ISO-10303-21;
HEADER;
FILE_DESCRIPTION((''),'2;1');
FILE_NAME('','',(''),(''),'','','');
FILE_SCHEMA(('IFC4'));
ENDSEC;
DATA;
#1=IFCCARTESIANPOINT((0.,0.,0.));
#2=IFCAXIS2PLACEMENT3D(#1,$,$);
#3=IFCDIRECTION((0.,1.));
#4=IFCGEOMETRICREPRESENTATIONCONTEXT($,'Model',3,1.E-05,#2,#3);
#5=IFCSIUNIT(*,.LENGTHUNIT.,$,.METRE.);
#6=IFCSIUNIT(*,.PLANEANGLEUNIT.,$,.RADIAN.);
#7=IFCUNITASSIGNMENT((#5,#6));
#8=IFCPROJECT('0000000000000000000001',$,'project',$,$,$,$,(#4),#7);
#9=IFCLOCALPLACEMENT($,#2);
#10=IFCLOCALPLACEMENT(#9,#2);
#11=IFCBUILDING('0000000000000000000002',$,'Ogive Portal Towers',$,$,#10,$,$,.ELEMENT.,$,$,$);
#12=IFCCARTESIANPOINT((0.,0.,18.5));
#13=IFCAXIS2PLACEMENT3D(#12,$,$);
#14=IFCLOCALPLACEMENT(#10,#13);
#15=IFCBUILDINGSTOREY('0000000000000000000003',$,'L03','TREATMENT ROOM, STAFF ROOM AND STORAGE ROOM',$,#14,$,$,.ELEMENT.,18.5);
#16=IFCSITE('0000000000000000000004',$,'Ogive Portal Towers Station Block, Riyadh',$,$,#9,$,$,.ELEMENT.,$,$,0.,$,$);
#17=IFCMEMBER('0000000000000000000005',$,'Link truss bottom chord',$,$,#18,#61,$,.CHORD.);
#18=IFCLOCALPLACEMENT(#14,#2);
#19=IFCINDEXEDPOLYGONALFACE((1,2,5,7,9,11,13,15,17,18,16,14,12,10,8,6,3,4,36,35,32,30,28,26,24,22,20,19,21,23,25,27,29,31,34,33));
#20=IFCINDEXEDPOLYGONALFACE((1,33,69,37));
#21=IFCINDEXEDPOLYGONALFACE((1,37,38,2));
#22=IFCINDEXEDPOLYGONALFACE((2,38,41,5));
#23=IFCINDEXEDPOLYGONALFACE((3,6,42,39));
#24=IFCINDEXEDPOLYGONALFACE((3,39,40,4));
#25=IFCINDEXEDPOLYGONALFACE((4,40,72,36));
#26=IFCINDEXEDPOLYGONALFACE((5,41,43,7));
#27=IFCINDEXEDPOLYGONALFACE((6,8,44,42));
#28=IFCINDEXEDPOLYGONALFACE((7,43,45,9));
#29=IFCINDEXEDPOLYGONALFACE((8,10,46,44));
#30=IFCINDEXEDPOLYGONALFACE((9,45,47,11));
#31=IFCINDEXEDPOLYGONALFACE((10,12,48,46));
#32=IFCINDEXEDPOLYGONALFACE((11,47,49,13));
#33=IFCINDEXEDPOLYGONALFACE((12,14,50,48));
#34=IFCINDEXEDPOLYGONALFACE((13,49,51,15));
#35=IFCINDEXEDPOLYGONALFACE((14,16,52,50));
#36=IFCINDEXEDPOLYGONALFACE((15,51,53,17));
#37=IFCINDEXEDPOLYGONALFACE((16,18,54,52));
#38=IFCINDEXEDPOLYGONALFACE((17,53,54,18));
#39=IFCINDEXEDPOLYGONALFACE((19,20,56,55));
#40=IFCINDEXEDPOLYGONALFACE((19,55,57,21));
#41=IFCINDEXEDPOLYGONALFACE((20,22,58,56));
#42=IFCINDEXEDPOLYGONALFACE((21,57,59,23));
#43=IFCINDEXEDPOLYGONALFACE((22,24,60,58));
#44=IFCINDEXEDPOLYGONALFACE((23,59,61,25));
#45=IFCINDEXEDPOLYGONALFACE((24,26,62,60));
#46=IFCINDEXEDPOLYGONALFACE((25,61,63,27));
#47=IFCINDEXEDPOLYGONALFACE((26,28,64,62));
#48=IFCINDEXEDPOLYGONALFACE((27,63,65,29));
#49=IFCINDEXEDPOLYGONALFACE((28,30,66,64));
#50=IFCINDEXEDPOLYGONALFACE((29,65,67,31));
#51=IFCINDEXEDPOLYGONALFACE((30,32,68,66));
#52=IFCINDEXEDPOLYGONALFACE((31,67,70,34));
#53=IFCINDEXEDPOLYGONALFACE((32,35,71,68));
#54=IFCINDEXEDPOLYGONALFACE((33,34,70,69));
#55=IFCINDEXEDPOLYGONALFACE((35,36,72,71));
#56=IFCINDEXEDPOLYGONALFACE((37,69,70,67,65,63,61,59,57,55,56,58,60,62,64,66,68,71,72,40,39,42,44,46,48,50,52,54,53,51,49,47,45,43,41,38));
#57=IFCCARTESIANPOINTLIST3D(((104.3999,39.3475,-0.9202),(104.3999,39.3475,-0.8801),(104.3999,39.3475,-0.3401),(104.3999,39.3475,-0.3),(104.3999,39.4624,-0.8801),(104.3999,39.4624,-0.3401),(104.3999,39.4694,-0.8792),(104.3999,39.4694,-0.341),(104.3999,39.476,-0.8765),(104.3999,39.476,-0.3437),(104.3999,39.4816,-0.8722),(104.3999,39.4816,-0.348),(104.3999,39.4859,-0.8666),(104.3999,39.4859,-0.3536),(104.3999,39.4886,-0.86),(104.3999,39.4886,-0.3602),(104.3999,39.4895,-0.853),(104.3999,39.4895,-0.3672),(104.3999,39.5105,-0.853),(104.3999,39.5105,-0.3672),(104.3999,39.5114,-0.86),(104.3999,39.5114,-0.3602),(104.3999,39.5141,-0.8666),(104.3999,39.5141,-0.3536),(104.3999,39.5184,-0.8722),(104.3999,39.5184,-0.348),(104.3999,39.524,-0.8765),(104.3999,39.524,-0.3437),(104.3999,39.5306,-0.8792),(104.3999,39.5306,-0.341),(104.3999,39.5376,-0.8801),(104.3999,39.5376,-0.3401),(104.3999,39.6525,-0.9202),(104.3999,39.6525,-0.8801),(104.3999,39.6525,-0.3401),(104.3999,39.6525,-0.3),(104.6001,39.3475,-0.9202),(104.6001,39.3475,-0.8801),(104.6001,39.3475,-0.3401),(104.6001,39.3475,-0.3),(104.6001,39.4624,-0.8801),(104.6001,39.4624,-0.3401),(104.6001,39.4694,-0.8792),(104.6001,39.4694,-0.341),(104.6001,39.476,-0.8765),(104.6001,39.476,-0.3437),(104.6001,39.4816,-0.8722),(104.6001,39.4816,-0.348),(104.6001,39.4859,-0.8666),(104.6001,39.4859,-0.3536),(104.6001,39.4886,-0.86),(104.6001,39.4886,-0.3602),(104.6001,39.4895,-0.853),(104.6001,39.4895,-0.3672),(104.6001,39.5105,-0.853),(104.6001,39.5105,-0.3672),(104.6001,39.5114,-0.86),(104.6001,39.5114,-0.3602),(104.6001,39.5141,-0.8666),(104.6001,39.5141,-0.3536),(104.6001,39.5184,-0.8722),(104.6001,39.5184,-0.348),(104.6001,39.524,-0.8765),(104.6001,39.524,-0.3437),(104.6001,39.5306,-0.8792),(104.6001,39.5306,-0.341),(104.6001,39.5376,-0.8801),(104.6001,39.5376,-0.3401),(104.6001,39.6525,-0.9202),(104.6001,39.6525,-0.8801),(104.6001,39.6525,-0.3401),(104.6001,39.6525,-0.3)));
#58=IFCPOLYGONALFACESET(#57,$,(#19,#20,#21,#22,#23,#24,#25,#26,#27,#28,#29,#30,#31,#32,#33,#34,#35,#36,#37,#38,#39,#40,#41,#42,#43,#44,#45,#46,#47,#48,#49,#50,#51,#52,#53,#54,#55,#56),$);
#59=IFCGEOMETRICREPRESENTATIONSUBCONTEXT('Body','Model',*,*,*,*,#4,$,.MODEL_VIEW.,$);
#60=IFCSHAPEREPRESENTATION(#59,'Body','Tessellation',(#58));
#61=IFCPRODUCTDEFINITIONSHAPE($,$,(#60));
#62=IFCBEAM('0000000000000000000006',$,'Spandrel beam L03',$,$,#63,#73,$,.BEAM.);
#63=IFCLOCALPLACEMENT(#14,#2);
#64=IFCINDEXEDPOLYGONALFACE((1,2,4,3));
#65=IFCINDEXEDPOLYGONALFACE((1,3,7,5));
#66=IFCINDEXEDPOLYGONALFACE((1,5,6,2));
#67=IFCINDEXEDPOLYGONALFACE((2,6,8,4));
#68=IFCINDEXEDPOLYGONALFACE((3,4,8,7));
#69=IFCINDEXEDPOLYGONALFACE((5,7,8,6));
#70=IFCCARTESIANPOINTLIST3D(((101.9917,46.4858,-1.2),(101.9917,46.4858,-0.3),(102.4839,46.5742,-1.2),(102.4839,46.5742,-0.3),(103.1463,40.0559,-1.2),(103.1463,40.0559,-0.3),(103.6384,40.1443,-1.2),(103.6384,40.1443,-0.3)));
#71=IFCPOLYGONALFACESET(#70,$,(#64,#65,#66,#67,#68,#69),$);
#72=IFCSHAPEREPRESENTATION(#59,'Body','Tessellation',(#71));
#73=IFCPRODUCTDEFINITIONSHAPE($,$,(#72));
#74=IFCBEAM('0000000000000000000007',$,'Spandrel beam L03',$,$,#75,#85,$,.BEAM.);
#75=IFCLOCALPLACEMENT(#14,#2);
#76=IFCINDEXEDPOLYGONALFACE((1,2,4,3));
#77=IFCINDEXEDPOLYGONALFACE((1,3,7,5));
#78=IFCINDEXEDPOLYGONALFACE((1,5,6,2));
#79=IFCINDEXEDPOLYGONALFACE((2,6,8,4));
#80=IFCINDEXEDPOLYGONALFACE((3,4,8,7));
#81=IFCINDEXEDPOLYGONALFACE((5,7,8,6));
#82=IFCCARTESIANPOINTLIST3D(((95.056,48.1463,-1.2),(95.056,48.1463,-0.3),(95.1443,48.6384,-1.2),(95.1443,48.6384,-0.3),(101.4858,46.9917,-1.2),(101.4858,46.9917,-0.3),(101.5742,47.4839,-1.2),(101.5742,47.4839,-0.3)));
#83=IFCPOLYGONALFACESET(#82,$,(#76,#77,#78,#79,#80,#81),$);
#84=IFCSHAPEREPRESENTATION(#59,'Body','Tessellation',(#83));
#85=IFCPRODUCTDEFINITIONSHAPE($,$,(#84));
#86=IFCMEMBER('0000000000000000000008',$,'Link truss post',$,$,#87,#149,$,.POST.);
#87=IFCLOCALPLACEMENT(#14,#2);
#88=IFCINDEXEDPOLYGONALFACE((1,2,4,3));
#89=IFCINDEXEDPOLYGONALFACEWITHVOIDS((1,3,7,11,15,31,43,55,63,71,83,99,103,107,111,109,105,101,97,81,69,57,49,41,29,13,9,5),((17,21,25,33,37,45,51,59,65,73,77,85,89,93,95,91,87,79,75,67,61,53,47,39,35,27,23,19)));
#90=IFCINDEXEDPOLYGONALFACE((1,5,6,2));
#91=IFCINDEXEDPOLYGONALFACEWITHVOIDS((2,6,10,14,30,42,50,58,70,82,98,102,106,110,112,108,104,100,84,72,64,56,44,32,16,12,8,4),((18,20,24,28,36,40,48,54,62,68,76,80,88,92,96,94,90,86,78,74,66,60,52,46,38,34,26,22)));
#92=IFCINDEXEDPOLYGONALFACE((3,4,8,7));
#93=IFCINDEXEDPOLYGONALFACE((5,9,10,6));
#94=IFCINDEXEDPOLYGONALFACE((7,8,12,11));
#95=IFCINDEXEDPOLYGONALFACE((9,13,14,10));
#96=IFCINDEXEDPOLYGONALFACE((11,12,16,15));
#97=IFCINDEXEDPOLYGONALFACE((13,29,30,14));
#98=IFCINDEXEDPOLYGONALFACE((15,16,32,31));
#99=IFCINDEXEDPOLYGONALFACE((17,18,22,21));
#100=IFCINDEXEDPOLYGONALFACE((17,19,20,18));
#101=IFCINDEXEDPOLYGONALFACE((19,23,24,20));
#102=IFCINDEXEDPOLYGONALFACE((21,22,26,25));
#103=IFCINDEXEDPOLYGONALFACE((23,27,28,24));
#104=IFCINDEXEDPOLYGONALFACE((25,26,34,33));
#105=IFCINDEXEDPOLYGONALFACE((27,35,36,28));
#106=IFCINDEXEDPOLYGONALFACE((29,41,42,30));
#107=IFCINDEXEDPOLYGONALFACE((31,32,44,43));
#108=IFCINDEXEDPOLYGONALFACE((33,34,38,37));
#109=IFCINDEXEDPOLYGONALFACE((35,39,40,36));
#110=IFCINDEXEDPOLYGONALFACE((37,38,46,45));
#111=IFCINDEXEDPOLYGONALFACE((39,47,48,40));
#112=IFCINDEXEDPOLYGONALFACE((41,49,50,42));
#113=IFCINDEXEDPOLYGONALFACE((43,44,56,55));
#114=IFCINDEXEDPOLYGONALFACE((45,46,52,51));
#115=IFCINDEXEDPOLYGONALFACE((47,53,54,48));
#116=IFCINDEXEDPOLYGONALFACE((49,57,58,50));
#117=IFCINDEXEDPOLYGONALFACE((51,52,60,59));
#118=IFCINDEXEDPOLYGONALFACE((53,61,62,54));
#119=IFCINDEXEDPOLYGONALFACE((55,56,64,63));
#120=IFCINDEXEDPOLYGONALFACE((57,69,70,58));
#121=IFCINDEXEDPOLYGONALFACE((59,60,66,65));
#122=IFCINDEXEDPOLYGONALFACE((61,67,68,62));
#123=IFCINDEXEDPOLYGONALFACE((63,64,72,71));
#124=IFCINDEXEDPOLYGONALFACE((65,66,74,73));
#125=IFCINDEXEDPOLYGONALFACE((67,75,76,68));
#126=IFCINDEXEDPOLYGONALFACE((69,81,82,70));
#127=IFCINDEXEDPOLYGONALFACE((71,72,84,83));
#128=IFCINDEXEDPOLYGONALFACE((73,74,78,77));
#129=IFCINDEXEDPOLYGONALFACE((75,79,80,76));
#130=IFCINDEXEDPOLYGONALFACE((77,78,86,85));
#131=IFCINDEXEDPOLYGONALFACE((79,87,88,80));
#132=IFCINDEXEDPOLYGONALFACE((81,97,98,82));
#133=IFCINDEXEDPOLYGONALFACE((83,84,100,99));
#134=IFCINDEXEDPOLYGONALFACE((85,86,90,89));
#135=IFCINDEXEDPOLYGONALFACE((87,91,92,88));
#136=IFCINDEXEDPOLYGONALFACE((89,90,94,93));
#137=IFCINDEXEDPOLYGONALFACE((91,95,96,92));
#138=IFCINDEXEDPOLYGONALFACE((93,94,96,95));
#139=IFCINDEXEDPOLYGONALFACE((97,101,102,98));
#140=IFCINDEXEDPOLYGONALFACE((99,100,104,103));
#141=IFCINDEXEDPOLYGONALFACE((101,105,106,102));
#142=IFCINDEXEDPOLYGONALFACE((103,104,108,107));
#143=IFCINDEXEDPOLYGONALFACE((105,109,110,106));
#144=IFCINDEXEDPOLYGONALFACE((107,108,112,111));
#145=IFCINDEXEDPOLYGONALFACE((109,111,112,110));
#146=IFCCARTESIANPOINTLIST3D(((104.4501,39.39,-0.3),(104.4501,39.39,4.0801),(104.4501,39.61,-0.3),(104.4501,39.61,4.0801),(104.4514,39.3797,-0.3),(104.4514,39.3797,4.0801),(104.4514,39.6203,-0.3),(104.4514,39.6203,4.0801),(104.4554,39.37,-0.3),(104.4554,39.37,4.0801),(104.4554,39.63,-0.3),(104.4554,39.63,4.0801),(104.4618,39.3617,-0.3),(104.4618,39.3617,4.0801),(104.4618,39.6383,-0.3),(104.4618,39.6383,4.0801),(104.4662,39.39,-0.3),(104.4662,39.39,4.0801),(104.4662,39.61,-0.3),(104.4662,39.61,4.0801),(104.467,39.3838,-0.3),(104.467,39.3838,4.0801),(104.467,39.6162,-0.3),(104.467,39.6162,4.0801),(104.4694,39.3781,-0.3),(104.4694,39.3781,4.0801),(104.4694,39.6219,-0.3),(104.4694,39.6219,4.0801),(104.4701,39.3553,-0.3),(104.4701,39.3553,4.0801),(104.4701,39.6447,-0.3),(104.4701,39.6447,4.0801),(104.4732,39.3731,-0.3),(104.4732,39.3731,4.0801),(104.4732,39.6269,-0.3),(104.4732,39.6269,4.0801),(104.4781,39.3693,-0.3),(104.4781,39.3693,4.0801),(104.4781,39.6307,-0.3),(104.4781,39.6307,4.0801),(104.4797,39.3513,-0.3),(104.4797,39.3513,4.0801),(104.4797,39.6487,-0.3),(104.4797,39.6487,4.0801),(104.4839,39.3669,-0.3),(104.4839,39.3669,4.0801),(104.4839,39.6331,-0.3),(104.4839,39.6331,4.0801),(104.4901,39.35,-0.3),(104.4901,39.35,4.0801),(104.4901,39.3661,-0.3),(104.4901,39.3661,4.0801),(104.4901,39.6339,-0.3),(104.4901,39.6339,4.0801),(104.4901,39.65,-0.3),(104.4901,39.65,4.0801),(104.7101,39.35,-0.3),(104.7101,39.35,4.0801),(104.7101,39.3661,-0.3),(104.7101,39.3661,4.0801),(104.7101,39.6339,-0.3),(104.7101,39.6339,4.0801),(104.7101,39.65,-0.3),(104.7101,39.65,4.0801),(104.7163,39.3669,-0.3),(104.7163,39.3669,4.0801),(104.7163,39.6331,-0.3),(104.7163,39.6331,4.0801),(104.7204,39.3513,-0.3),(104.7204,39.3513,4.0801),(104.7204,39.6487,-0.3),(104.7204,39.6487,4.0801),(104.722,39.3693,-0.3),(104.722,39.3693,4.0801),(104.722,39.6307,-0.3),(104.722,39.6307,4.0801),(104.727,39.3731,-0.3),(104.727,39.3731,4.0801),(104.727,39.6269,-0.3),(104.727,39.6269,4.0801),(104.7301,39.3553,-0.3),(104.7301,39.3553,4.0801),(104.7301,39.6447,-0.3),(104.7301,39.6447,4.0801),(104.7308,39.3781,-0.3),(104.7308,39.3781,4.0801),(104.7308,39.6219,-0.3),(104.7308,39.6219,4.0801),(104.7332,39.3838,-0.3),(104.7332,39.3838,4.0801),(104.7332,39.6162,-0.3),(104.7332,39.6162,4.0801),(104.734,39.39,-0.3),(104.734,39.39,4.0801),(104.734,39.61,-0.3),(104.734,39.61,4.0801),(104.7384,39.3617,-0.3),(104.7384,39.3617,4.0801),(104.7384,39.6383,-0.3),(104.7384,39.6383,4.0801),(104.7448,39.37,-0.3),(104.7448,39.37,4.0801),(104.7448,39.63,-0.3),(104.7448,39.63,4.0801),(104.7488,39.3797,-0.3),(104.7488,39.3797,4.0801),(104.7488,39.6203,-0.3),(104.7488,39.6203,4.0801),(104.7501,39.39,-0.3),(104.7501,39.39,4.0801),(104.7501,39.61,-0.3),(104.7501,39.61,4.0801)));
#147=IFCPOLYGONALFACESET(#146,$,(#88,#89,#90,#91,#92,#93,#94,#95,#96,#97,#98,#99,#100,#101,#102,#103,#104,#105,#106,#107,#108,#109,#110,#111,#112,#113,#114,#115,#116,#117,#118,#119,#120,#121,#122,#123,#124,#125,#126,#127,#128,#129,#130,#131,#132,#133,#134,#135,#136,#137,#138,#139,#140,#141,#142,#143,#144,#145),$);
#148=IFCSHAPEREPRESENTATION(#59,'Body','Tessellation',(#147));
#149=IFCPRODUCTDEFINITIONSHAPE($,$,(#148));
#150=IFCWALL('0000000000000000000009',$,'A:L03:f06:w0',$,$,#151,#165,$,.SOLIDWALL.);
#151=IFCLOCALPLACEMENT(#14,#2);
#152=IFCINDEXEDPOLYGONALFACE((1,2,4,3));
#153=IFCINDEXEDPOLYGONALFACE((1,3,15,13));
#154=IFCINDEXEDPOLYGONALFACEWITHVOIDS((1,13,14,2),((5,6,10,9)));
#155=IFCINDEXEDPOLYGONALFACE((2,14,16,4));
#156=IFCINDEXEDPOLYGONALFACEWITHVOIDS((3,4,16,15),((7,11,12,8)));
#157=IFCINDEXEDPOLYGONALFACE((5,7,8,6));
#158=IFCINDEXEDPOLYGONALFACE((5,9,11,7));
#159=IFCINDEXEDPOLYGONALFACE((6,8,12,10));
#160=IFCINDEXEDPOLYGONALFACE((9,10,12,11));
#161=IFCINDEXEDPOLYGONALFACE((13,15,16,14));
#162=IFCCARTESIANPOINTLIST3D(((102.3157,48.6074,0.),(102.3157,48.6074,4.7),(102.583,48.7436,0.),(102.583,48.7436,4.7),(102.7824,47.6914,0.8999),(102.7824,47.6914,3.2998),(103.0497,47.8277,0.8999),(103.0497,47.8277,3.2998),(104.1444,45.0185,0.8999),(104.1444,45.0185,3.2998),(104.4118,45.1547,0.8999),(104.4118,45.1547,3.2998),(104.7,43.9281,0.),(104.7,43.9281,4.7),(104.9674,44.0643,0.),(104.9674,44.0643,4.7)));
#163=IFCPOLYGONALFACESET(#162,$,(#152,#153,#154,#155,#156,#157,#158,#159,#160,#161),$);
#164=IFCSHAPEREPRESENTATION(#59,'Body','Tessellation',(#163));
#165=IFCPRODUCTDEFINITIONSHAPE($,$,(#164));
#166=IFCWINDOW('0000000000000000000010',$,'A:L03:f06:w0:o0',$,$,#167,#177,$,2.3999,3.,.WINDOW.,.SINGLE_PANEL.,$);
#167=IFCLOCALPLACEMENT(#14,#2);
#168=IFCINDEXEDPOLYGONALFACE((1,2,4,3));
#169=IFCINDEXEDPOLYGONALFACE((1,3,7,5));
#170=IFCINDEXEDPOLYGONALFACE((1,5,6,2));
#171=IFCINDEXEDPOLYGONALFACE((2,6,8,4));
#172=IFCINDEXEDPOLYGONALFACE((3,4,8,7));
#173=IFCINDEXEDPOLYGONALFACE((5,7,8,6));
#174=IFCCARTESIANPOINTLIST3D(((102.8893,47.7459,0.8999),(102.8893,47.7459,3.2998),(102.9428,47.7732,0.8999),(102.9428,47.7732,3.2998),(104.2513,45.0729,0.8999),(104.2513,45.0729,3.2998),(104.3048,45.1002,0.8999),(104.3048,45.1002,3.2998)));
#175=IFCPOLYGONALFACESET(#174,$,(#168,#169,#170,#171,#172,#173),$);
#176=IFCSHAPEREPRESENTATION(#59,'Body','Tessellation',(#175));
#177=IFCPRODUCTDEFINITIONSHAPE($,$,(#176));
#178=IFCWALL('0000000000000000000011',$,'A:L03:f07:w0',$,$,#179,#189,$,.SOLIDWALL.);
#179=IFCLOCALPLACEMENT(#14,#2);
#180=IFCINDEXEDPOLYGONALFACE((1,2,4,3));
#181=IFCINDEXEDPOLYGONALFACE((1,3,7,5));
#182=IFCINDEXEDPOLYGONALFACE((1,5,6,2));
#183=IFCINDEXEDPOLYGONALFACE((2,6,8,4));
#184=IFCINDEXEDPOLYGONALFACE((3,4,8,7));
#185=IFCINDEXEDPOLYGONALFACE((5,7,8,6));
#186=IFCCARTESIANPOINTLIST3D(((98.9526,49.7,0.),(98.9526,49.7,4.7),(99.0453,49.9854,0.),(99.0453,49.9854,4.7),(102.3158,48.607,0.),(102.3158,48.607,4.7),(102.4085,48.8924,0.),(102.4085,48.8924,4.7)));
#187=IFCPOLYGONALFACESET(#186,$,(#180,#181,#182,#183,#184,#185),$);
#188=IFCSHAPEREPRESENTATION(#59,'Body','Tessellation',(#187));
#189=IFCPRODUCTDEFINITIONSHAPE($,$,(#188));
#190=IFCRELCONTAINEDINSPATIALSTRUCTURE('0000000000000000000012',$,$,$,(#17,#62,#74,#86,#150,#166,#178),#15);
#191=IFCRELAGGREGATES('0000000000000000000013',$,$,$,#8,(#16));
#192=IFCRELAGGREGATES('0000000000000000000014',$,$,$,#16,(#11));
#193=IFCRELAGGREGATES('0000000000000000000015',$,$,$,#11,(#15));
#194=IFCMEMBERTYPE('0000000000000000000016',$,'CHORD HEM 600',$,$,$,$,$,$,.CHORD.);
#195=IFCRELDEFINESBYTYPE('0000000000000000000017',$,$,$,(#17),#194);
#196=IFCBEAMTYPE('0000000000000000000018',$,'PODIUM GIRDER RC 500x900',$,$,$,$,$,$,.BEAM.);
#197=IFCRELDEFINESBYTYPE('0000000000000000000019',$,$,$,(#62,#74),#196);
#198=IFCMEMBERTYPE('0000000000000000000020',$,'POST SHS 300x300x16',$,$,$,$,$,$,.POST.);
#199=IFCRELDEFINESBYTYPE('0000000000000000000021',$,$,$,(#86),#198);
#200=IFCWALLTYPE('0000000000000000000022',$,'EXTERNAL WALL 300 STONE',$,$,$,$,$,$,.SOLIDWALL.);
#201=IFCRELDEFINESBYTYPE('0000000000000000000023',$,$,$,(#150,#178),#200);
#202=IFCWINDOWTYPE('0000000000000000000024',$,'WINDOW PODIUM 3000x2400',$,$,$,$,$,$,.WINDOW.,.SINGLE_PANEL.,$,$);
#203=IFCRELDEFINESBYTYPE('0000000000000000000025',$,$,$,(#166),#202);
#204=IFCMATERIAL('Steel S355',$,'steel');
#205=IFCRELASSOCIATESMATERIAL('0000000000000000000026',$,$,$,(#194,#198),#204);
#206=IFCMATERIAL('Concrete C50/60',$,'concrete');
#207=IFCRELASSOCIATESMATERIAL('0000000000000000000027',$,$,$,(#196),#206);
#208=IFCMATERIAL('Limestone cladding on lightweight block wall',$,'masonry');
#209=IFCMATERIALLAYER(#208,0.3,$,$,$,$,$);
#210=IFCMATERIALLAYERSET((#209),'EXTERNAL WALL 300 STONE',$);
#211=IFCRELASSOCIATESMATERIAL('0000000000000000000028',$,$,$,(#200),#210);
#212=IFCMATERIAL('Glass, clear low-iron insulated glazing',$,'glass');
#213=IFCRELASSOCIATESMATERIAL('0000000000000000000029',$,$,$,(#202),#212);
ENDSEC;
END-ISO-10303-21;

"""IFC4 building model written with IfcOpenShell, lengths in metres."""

from ifc_helpers import new_model, si_unit, direction, frame, frame_2d, origin, origin_2d, place, context, subcontext, project, spatial, rectangle, hollow_rectangle, i_section, extrude, material, layer, layer_set, material_profile, profile_set, type_object, element, fill, save


model = new_model("IFC4")

# Units and contexts
model_context = context("Model", 3, precision=1e-05, world=origin(), true_north=direction((0.0, 1.0)))
body_context = subcontext(model_context, "Body", "Model", "MODEL_VIEW")
ifc_project = project(units=[si_unit("LENGTHUNIT", "METRE"), si_unit("PLANEANGLEUNIT", "RADIAN")], contexts=[model_context])

# Site, building, storey
site_placement = place(None, origin())
site = spatial("IfcSite", under=ifc_project, at=site_placement, Name="Ogive Portal Towers Station Block, Riyadh", CompositionType="ELEMENT", RefElevation=0.0)
building_placement = place(site_placement, origin())
building = spatial("IfcBuilding", under=site, at=building_placement, Name="Ogive Portal Towers", CompositionType="ELEMENT")
storey_placement = place(building_placement, frame((0.0, 0.0, 18.5)))
storey = spatial("IfcBuildingStorey", under=building, at=storey_placement, Name="L03", Description="TREATMENT ROOM, STAFF ROOM AND STORAGE ROOM", CompositionType="ELEMENT", Elevation=18.5)

# Shared definitions
ifc_material_1 = material(Name="Concrete C50/60", Category="concrete")

# Member
ifc_material_2 = material(Name="Steel S355", Category="steel")
ifc_material_profile_1 = material_profile(ifc_material_2, i_section(OverallWidth=0.3049, OverallDepth=0.6201, WebThickness=0.021, FlangeThickness=0.04, FilletRadius=0.0271, at=origin_2d()), Name="HEM 600")
ifc_profile_set_1 = profile_set([ifc_material_profile_1], Name="Steel S355")
member_type_1 = type_object("IfcMemberType", Name="CHORD HEM 600", PredefinedType="CHORD", material=ifc_profile_set_1)
member_1_placement = place(storey_placement, frame((104.3999, 39.5, -0.6101), z_axis=(1.0, 0.0, 0.0), x_axis=(0.0, 1.0, 0.0)))
element("IfcMember", 1, at=member_1_placement, inside=storey, type_object=member_type_1, Name="Link truss bottom chord", PredefinedType="CHORD", context=body_context, shape_type="SweptSolid", body=[
    extrude(i_section(OverallWidth=0.3049, OverallDepth=0.6201, WebThickness=0.021, FlangeThickness=0.04, FilletRadius=0.0271, at=origin_2d()), origin(), (0.0, 0.0, 1.0), 0.2002),
])

# Beams
ifc_material_profile_2 = material_profile(ifc_material_1, rectangle(XDim=0.5, YDim=0.8999, at=origin_2d()), Name="RC 500x900")
ifc_profile_set_2 = profile_set([ifc_material_profile_2], Name="Concrete C50/60")
beam_type = type_object("IfcBeamType", Name="PODIUM GIRDER RC 500x900", PredefinedType="BEAM", material=ifc_profile_set_2)
for number, where, z_axis, x_axis, name in (
    (2, (103.3923, 40.1001, -0.75), (-0.176731, 0.984259, 0.0), (-0.984259, -0.176731, 0.0), "Spandrel beam L03"),
    (3, (101.53, 47.2378, -0.75), (-0.984259, 0.176731, 0.0), (-0.176731, -0.984259, 0.0), "Spandrel beam L03"),
):
    element("IfcBeam", number, at=place(storey_placement, frame(where, z_axis=z_axis, x_axis=x_axis)), inside=storey, type_object=beam_type, Name=name, PredefinedType="BEAM", context=body_context, shape_type="SweptSolid", body=[
        extrude(rectangle(XDim=0.5, YDim=0.8999, at=origin_2d()), origin(), (0.0, 0.0, 1.0), 6.5327),
    ])

# Member
ifc_material_profile_3 = material_profile(ifc_material_2, hollow_rectangle(XDim=0.3, YDim=0.3, WallThickness=0.0161, InnerFilletRadius=0.0239, OuterFilletRadius=0.04, at=origin_2d()), Name="SHS 300x300x16")
ifc_profile_set_3 = profile_set([ifc_material_profile_3], Name="Steel S355")
member_type_2 = type_object("IfcMemberType", Name="POST SHS 300x300x16", PredefinedType="POST", material=ifc_profile_set_3)
member_2_placement = place(storey_placement, frame((104.6001, 39.5, -0.3), z_axis=(0.0, 0.0, 1.0), x_axis=(1.0, 0.0, 0.0)))
element("IfcMember", 4, at=member_2_placement, inside=storey, type_object=member_type_2, Name="Link truss post", PredefinedType="POST", context=body_context, shape_type="SweptSolid", body=[
    extrude(hollow_rectangle(XDim=0.3, YDim=0.3, WallThickness=0.0161, InnerFilletRadius=0.0239, OuterFilletRadius=0.04, at=origin_2d()), origin(), (0.0, 0.0, 1.0), 4.3801),
])

# Wall, opening, window
ifc_material_3 = material(Name="Limestone cladding on lightweight block wall", Category="masonry")
ifc_layer_1 = layer(ifc_material_3, 0.3)
ifc_layer_set_1 = layer_set([ifc_layer_1], Name="EXTERNAL WALL 300 STONE")
wall_type_1 = type_object("IfcWallType", Name="EXTERNAL WALL 300 STONE", PredefinedType="SOLIDWALL", material=ifc_layer_set_1)
wall_1_placement = place(storey_placement, frame((104.8337, 43.9961, 0.0), z_axis=(0.0, 0.0, 1.0), x_axis=(-0.454007, 0.890998, 0.0)))
wall_1 = element("IfcWall", 5, at=wall_1_placement, inside=storey, type_object=wall_type_1, Name="A:L03:f06:w0", PredefinedType="SOLIDWALL", context=body_context, shape_type="SweptSolid", body=[
    extrude(rectangle(XDim=5.2517, YDim=0.3, at=frame_2d((2.626, 0.0))), origin(), (0.0, 0.0, 1.0), 4.7),
])
opening_1_placement = place(wall_1_placement, frame((1.2239, 0.0, 0.8999)))
opening_1 = element("IfcOpeningElement", 6, at=opening_1_placement, cuts=wall_1, PredefinedType="OPENING", context=body_context, shape_type="SweptSolid", body=[
    extrude(rectangle(XDim=3.0, YDim=2.3999, at=frame_2d((1.5, 1.2))), frame((0.0, 0.1602, 0.0), z_axis=(0.0, -1.0, 0.0), x_axis=(1.0, 0.0, 0.0)), (0.0, 0.0, 1.0), 0.3201),
])
ifc_material_4 = material(Name="Glass, clear low-iron insulated glazing", Category="glass")
window_type = type_object("IfcWindowType", Name="WINDOW PODIUM 3000x2400", PartitioningType="SINGLE_PANEL", PredefinedType="WINDOW", material=ifc_material_4)
window_1_placement = place(opening_1_placement, origin())
window_1 = element("IfcWindow", 7, at=window_1_placement, inside=storey, type_object=window_type, Name="A:L03:f06:w0:o0", OverallHeight=2.3999, OverallWidth=3.0, PartitioningType="SINGLE_PANEL", PredefinedType="WINDOW", context=body_context, shape_type="SweptSolid", body=[
    extrude(rectangle(XDim=3.0, YDim=2.3999, at=frame_2d((1.5, 1.2))), frame((0.0, 0.03, 0.0), z_axis=(0.0, -1.0, 0.0), x_axis=(1.0, 0.0, 0.0)), (0.0, 0.0, 1.0), 0.0601),
])
fill(opening_1, window_1)

# Wall
wall_2_placement = place(storey_placement, frame((102.3621, 48.7498, 0.0), z_axis=(0.0, 0.0, 1.0), x_axis=(-0.951038, 0.309074, 0.0)))
element("IfcWall", 8, at=wall_2_placement, inside=storey, type_object=wall_type_1, Name="A:L03:f07:w0", PredefinedType="SOLIDWALL", context=body_context, shape_type="SweptSolid", body=[
    extrude(rectangle(XDim=3.5364, YDim=0.3, at=frame_2d((1.7681, 0.0))), origin(), (0.0, 0.0, 1.0), 4.7),
])

save(model, "model.ifc")
